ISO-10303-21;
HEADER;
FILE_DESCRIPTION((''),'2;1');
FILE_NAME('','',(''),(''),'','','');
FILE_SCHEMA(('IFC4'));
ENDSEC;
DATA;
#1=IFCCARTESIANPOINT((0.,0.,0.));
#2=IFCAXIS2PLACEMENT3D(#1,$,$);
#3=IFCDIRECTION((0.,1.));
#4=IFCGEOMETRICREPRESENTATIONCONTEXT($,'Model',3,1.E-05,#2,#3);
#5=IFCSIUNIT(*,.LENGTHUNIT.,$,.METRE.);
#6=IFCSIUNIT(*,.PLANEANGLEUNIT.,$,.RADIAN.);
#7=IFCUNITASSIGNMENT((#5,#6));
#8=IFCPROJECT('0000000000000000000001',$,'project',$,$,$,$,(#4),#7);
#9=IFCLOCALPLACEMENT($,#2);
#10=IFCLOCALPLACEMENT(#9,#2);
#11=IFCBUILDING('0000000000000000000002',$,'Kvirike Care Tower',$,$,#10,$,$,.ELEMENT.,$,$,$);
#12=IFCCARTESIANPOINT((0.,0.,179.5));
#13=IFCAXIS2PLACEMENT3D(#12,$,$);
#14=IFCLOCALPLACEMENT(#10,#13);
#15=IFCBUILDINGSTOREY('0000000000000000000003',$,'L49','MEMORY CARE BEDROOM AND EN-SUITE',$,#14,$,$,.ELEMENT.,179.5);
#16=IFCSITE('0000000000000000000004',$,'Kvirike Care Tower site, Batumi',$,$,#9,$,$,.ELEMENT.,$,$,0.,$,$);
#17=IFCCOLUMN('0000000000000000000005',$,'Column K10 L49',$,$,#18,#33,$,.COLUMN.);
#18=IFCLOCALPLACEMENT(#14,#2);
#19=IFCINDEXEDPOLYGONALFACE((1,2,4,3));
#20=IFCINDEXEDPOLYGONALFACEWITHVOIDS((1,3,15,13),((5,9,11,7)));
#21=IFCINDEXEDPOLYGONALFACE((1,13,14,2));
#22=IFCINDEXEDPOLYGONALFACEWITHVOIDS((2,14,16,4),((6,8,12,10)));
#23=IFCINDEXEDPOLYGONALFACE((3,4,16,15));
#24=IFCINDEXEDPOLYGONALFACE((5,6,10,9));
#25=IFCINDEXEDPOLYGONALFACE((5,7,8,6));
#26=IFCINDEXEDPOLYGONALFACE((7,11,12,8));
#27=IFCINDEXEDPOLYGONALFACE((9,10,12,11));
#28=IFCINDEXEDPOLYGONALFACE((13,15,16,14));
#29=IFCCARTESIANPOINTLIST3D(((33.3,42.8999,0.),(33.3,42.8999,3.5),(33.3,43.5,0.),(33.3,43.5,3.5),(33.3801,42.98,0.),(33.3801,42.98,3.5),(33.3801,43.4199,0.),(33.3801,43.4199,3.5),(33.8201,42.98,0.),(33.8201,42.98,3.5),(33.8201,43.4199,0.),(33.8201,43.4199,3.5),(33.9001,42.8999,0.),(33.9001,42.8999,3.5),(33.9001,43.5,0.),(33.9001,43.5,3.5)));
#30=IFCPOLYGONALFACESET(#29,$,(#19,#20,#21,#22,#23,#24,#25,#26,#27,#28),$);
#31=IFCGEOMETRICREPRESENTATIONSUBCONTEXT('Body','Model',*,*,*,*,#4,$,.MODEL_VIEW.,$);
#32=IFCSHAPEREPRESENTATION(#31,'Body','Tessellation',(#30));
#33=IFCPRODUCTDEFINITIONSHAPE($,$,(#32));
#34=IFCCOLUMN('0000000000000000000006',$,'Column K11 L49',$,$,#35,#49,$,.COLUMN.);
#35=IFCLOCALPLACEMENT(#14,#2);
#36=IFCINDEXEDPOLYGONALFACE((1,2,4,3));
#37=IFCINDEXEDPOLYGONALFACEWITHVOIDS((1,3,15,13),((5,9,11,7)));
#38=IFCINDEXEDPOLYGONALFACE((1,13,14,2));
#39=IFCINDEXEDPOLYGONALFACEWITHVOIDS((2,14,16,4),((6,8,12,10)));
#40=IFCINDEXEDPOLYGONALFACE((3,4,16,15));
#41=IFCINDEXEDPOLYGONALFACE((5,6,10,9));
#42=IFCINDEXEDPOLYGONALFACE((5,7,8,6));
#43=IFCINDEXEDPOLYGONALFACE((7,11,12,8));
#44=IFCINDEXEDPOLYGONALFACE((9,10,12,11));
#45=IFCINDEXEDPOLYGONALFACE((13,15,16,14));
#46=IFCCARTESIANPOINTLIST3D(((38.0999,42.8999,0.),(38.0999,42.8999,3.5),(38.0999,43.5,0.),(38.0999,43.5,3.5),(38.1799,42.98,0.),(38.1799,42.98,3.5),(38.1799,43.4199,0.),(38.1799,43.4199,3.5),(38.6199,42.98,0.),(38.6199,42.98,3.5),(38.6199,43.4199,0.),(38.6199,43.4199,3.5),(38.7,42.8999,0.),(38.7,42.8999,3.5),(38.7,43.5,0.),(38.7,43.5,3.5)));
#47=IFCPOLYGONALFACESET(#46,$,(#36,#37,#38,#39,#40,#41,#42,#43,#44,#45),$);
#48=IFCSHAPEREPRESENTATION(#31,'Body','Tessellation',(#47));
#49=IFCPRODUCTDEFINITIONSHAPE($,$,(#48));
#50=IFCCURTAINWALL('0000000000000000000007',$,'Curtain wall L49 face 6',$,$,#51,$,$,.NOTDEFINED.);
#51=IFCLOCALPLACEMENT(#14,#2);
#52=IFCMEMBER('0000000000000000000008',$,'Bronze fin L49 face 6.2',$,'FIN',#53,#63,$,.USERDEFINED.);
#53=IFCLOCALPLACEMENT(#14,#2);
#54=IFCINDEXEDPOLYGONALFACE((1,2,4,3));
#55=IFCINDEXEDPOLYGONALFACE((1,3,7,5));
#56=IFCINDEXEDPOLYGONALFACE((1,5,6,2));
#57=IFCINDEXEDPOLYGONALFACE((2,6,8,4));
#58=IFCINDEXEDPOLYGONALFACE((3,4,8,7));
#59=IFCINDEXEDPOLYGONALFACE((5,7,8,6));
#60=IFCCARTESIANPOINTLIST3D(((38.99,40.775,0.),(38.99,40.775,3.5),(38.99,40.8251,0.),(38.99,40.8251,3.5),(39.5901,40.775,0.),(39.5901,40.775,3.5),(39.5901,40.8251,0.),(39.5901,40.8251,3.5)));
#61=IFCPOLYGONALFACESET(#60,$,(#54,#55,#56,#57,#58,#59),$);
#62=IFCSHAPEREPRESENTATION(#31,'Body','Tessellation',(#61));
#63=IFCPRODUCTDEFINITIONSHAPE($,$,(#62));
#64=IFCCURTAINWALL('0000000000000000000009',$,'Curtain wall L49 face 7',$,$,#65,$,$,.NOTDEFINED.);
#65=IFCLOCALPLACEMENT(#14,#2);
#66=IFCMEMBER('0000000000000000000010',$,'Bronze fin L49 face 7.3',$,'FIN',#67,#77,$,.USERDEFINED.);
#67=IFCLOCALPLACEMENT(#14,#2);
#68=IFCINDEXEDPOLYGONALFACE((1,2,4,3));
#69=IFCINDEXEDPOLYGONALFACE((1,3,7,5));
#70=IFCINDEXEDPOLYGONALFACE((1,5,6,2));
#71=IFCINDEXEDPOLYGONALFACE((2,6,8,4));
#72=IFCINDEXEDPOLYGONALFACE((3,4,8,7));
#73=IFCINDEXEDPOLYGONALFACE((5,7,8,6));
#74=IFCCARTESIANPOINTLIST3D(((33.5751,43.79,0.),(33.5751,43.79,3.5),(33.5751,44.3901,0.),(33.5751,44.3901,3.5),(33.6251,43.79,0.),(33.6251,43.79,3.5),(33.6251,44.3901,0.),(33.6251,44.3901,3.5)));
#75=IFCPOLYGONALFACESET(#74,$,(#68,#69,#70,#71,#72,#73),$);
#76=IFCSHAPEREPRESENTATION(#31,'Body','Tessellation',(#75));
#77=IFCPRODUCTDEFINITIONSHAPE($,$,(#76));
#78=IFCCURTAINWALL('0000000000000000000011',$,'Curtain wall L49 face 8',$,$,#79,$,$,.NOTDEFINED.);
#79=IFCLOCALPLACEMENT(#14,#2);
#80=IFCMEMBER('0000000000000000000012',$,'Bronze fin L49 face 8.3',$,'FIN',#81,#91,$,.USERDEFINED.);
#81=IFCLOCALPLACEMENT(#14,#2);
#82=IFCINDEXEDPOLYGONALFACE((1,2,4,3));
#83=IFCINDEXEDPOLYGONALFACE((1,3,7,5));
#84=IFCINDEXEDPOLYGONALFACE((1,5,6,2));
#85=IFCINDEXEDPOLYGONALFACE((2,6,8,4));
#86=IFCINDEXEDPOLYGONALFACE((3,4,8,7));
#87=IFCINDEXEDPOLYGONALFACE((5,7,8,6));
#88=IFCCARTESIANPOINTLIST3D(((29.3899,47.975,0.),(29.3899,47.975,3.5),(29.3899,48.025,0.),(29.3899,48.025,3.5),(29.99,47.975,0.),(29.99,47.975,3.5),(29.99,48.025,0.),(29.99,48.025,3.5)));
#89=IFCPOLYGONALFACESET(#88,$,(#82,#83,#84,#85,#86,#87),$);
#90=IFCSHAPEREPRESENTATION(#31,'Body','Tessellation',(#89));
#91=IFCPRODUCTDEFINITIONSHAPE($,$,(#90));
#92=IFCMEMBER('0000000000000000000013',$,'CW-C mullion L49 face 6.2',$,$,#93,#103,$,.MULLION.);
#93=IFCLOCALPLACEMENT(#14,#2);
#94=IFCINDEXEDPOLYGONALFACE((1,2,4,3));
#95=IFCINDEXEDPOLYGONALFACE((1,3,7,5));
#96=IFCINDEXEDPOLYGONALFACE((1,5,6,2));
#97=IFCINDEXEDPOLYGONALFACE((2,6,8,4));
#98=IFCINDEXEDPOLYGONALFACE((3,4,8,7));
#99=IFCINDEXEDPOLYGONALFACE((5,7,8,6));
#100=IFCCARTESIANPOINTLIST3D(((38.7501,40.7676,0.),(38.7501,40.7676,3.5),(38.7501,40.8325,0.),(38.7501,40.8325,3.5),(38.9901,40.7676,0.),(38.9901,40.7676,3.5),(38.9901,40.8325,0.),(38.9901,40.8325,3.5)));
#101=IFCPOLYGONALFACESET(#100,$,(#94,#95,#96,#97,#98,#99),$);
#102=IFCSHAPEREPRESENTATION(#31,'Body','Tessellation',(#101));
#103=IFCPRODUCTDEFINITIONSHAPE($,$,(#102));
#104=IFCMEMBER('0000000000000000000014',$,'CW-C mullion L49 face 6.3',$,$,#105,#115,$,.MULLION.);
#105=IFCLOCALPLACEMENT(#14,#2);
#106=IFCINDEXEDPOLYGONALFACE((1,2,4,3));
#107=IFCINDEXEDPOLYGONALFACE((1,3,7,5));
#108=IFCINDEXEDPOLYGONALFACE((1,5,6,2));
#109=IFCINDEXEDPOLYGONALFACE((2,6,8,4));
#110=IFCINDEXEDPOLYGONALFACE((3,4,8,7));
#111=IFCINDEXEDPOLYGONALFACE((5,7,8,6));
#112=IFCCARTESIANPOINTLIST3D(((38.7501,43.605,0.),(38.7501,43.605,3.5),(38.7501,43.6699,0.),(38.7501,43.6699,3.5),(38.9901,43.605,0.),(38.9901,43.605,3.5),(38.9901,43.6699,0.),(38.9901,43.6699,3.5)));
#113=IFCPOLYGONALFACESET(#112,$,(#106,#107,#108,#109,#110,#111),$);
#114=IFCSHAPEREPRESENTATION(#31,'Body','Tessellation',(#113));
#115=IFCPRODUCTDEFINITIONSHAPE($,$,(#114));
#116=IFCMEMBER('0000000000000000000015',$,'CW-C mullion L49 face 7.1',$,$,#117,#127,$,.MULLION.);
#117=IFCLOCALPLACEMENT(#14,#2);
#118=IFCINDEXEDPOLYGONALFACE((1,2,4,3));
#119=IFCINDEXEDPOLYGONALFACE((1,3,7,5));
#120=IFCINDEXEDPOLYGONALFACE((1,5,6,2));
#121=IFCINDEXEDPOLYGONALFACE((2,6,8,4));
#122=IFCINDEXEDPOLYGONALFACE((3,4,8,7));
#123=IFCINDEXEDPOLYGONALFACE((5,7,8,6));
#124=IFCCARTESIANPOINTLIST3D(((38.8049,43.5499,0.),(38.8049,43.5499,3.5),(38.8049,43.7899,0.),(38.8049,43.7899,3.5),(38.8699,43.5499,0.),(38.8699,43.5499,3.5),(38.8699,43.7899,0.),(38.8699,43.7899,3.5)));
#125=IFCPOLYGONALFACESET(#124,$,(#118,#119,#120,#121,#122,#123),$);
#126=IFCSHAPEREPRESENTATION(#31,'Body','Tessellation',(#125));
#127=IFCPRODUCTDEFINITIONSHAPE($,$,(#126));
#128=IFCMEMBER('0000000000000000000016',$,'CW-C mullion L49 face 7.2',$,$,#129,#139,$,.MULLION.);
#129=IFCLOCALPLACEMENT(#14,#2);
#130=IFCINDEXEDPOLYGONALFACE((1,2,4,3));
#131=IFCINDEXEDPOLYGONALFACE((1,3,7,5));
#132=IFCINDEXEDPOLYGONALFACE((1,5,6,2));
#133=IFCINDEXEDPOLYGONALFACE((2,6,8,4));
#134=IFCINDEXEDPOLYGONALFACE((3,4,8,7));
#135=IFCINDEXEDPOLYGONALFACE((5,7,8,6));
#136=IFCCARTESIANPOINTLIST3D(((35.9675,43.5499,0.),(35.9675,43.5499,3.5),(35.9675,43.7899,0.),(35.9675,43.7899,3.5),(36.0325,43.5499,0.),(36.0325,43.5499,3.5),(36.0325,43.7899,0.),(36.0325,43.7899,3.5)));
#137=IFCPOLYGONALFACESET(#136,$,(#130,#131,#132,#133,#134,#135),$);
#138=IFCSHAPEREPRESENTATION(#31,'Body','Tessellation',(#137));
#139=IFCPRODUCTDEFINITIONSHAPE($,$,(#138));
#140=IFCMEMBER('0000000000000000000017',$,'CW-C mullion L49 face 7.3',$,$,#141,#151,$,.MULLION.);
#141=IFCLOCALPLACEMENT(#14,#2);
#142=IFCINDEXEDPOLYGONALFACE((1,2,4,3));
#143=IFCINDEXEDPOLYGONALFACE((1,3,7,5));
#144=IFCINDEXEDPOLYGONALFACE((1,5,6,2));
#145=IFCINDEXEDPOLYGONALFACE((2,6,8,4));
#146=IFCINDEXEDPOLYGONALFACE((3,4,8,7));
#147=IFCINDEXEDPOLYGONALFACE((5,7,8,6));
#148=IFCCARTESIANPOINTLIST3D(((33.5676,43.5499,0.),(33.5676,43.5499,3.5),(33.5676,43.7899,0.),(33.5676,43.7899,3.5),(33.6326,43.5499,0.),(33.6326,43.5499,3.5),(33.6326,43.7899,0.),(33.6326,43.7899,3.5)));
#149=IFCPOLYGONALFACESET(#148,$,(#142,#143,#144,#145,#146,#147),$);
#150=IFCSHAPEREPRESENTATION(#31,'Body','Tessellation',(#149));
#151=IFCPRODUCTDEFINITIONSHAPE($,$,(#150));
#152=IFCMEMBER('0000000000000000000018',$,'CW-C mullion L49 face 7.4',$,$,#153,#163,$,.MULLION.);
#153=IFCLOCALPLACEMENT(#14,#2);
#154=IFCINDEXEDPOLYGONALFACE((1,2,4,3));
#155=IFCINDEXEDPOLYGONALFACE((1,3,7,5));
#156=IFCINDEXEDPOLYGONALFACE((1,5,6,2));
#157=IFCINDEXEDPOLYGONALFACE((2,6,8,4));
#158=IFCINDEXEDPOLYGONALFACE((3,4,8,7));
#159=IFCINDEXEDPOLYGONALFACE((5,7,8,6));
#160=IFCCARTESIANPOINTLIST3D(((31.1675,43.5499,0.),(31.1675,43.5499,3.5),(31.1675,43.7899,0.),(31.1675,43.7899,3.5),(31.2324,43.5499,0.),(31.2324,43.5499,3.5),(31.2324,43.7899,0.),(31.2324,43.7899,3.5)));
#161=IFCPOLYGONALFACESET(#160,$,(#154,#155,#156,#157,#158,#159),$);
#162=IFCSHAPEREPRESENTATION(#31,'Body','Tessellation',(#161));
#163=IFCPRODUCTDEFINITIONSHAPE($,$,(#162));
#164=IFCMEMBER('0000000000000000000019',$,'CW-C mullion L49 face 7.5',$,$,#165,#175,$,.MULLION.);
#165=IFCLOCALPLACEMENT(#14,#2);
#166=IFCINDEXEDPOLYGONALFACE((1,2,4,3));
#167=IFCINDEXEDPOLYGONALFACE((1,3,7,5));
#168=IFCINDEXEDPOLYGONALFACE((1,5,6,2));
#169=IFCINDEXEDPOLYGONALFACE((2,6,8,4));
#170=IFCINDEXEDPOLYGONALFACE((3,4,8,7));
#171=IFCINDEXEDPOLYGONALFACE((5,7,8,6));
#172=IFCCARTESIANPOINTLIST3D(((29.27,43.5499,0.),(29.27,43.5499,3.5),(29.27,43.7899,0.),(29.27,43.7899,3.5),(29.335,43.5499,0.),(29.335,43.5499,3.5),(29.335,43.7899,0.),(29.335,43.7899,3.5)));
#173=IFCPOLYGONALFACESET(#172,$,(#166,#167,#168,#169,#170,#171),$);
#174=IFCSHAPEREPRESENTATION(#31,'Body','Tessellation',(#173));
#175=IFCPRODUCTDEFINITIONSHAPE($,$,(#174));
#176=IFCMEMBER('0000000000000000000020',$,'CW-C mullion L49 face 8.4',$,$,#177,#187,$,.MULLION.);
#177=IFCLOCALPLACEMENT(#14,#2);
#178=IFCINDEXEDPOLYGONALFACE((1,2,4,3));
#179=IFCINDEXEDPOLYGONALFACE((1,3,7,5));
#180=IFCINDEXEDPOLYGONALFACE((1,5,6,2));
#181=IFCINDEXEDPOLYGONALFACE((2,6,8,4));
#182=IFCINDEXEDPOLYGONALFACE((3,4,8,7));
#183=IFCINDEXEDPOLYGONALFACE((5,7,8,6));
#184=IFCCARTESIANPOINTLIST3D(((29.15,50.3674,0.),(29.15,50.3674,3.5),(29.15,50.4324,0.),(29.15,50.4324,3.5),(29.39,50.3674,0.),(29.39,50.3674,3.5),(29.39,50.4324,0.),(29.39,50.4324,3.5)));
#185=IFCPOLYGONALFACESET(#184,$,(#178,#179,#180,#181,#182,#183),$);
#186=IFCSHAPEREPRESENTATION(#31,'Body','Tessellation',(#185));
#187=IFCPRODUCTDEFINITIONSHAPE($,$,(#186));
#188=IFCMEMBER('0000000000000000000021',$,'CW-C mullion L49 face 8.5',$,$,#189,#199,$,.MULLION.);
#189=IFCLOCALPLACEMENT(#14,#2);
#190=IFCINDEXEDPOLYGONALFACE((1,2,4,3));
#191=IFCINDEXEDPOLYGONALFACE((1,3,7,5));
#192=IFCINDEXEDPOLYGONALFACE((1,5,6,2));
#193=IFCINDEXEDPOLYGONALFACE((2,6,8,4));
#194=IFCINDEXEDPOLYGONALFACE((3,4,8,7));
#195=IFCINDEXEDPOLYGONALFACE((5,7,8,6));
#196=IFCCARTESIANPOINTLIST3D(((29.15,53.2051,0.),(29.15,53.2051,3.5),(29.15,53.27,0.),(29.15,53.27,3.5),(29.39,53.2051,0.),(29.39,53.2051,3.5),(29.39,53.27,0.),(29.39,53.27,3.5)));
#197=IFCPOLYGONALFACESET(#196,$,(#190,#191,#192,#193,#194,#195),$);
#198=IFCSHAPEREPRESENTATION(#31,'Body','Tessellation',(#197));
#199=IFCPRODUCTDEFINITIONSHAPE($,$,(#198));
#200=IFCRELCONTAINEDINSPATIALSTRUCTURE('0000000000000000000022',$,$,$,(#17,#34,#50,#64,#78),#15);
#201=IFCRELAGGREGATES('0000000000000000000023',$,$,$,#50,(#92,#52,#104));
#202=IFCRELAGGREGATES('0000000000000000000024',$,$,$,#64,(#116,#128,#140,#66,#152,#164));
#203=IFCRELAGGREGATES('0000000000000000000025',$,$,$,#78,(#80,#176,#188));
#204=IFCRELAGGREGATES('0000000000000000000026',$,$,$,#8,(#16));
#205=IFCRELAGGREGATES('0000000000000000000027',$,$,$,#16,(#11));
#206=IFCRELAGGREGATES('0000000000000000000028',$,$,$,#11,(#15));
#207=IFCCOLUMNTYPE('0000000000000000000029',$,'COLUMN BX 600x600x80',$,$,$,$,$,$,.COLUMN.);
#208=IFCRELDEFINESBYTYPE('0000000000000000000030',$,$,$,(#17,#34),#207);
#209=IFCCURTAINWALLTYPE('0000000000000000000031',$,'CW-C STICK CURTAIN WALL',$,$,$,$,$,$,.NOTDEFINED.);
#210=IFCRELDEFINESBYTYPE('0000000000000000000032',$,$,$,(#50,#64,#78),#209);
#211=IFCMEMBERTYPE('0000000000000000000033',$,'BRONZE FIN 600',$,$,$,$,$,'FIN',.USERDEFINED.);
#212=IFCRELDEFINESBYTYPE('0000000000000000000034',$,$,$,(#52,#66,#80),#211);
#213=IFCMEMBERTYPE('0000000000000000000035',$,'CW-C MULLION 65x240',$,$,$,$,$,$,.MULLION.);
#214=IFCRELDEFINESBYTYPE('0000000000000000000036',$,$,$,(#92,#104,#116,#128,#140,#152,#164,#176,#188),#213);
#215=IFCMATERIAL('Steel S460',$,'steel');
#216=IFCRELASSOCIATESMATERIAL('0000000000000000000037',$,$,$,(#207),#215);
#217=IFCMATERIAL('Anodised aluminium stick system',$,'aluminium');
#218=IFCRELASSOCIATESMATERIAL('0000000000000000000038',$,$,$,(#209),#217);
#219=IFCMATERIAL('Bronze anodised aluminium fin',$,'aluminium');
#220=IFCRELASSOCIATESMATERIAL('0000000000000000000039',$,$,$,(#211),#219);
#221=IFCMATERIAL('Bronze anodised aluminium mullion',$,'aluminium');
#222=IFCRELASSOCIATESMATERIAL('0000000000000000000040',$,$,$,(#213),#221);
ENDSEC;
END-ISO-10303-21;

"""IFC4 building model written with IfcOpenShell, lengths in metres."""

from ifc_helpers import new_model, si_unit, direction, frame, origin, origin_2d, place, context, subcontext, project, spatial, rectangle, hollow_rectangle, extrude, material, material_profile, profile_set, type_object, element, aggregate, save


model = new_model("IFC4")

# Units and contexts
model_context = context("Model", 3, precision=1e-05, world=origin(), true_north=direction((0.0, 1.0)))
body_context = subcontext(model_context, "Body", "Model", "MODEL_VIEW")
ifc_project = project(units=[si_unit("LENGTHUNIT", "METRE"), si_unit("PLANEANGLEUNIT", "RADIAN")], contexts=[model_context])

# Site, building, storey
site_placement = place(None, origin())
site = spatial("IfcSite", under=ifc_project, at=site_placement, Name="Kvirike Care Tower site, Batumi", CompositionType="ELEMENT", RefElevation=0.0)
building_placement = place(site_placement, origin())
building = spatial("IfcBuilding", under=site, at=building_placement, Name="Kvirike Care Tower", CompositionType="ELEMENT")
storey_placement = place(building_placement, frame((0.0, 0.0, 179.5)))
storey = spatial("IfcBuildingStorey", under=building, at=storey_placement, Name="L49", Description="MEMORY CARE BEDROOM AND EN-SUITE", CompositionType="ELEMENT", Elevation=179.5)

# Columns
ifc_material_1 = material(Name="Steel S460", Category="steel")
ifc_material_profile_1 = material_profile(ifc_material_1, hollow_rectangle(XDim=0.6001, YDim=0.6001, WallThickness=0.0801, at=origin_2d()), Name="BX 600x600x80")
ifc_profile_set_1 = profile_set([ifc_material_profile_1], Name="Steel S460")
column_type = type_object("IfcColumnType", Name="COLUMN BX 600x600x80", PredefinedType="COLUMN", material=ifc_profile_set_1)
for number, where, z_axis, x_axis, name in (
    (1, (33.6001, 43.2, 0.0), (0.0, 0.0, 1.0), (0.0, 1.0, 0.0), "Column K10 L49"),
    (2, (38.3999, 43.2, 0.0), (0.0, 0.0, 1.0), (0.0, 1.0, 0.0), "Column K11 L49"),
):
    element("IfcColumn", number, at=place(storey_placement, frame(where, z_axis=z_axis, x_axis=x_axis)), inside=storey, type_object=column_type, Name=name, PredefinedType="COLUMN", context=body_context, shape_type="SweptSolid", body=[
        extrude(hollow_rectangle(XDim=0.6001, YDim=0.6001, WallThickness=0.0801, at=origin_2d()), origin(), (0.0, 0.0, 1.0), 3.5),
    ])

# Curtain walls, members
ifc_material_2 = material(Name="Anodised aluminium stick system", Category="aluminium")
curtain_wall_type = type_object("IfcCurtainWallType", Name="CW-C STICK CURTAIN WALL", PredefinedType="NOTDEFINED", material=ifc_material_2)
curtain_wall_1_placement = place(storey_placement, origin())
curtain_wall_1 = element("IfcCurtainWall", 3, at=curtain_wall_1_placement, inside=storey, type_object=curtain_wall_type, Name="Curtain wall L49 face 6", PredefinedType="NOTDEFINED")
ifc_material_3 = material(Name="Bronze anodised aluminium fin", Category="aluminium")
ifc_material_profile_2 = material_profile(ifc_material_3, rectangle(XDim=0.05, YDim=0.6001, at=origin_2d()), Name="BRONZE FIN 600")
ifc_profile_set_2 = profile_set([ifc_material_profile_2], Name="Bronze anodised aluminium fin")
member_type_1 = type_object("IfcMemberType", Name="BRONZE FIN 600", ElementType="FIN", PredefinedType="USERDEFINED", material=ifc_profile_set_2)
member_1_placement = place(storey_placement, frame((39.29, 40.8, 0.0), z_axis=(0.0, 0.0, 1.0), x_axis=(0.0, 1.0, 0.0)))
member_1 = element("IfcMember", 4, at=member_1_placement, type_object=member_type_1, Name="Bronze fin L49 face 6.2", ObjectType="FIN", PredefinedType="USERDEFINED", context=body_context, shape_type="SweptSolid", body=[
    extrude(rectangle(XDim=0.05, YDim=0.6001, at=origin_2d()), origin(), (0.0, 0.0, 1.0), 3.5),
])
curtain_wall_2_placement = place(storey_placement, origin())
curtain_wall_2 = element("IfcCurtainWall", 5, at=curtain_wall_2_placement, inside=storey, type_object=curtain_wall_type, Name="Curtain wall L49 face 7", PredefinedType="NOTDEFINED")
member_2_placement = place(storey_placement, frame((33.6001, 44.0901, 0.0), z_axis=(0.0, 0.0, 1.0), x_axis=(-1.0, 0.0, 0.0)))
member_2 = element("IfcMember", 6, at=member_2_placement, type_object=member_type_1, Name="Bronze fin L49 face 7.3", ObjectType="FIN", PredefinedType="USERDEFINED", context=body_context, shape_type="SweptSolid", body=[
    extrude(rectangle(XDim=0.05, YDim=0.6001, at=origin_2d()), origin(), (0.0, 0.0, 1.0), 3.5),
])
curtain_wall_3_placement = place(storey_placement, origin())
curtain_wall_3 = element("IfcCurtainWall", 7, at=curtain_wall_3_placement, inside=storey, type_object=curtain_wall_type, Name="Curtain wall L49 face 8", PredefinedType="NOTDEFINED")
member_3_placement = place(storey_placement, frame((29.6899, 48.0, 0.0), z_axis=(0.0, 0.0, 1.0), x_axis=(0.0, 1.0, 0.0)))
member_3 = element("IfcMember", 8, at=member_3_placement, type_object=member_type_1, Name="Bronze fin L49 face 8.3", ObjectType="FIN", PredefinedType="USERDEFINED", context=body_context, shape_type="SweptSolid", body=[
    extrude(rectangle(XDim=0.05, YDim=0.6001, at=origin_2d()), origin(), (0.0, 0.0, 1.0), 3.5),
])

# Members
ifc_material_4 = material(Name="Bronze anodised aluminium mullion", Category="aluminium")
ifc_material_profile_3 = material_profile(ifc_material_4, rectangle(XDim=0.0649, YDim=0.24, at=origin_2d()), Name="CW-C MULLION 65x240")
ifc_profile_set_3 = profile_set([ifc_material_profile_3], Name="Bronze anodised aluminium mullion")
member_type_2 = type_object("IfcMemberType", Name="CW-C MULLION 65x240", PredefinedType="MULLION", material=ifc_profile_set_3)
member_4_placement = place(storey_placement, frame((38.8701, 40.8, 0.0), z_axis=(0.0, 0.0, 1.0), x_axis=(0.0, 1.0, 0.0)))
member_4 = element("IfcMember", 9, at=member_4_placement, type_object=member_type_2, Name="CW-C mullion L49 face 6.2", PredefinedType="MULLION", context=body_context, shape_type="SweptSolid", body=[
    extrude(rectangle(XDim=0.0649, YDim=0.24, at=origin_2d()), origin(), (0.0, 0.0, 1.0), 3.5),
])
member_5_placement = place(storey_placement, frame((38.8701, 43.6375, 0.0), z_axis=(0.0, 0.0, 1.0), x_axis=(0.0, 1.0, 0.0)))
member_5 = element("IfcMember", 10, at=member_5_placement, type_object=member_type_2, Name="CW-C mullion L49 face 6.3", PredefinedType="MULLION", context=body_context, shape_type="SweptSolid", body=[
    extrude(rectangle(XDim=0.0649, YDim=0.24, at=origin_2d()), origin(), (0.0, 0.0, 1.0), 3.5),
])
member_6_placement = place(storey_placement, frame((38.8374, 43.6699, 0.0), z_axis=(0.0, 0.0, 1.0), x_axis=(-1.0, 0.0, 0.0)))
member_6 = element("IfcMember", 11, at=member_6_placement, type_object=member_type_2, Name="CW-C mullion L49 face 7.1", PredefinedType="MULLION", context=body_context, shape_type="SweptSolid", body=[
    extrude(rectangle(XDim=0.0649, YDim=0.24, at=origin_2d()), origin(), (0.0, 0.0, 1.0), 3.5),
])
member_7_placement = place(storey_placement, frame((36.0, 43.6699, 0.0), z_axis=(0.0, 0.0, 1.0), x_axis=(-1.0, 0.0, 0.0)))
member_7 = element("IfcMember", 12, at=member_7_placement, type_object=member_type_2, Name="CW-C mullion L49 face 7.2", PredefinedType="MULLION", context=body_context, shape_type="SweptSolid", body=[
    extrude(rectangle(XDim=0.0649, YDim=0.24, at=origin_2d()), origin(), (0.0, 0.0, 1.0), 3.5),
])
member_8_placement = place(storey_placement, frame((33.6001, 43.6699, 0.0), z_axis=(0.0, 0.0, 1.0), x_axis=(-1.0, 0.0, 0.0)))
member_8 = element("IfcMember", 13, at=member_8_placement, type_object=member_type_2, Name="CW-C mullion L49 face 7.3", PredefinedType="MULLION", context=body_context, shape_type="SweptSolid", body=[
    extrude(rectangle(XDim=0.0649, YDim=0.24, at=origin_2d()), origin(), (0.0, 0.0, 1.0), 3.5),
])
member_9_placement = place(storey_placement, frame((31.2, 43.6699, 0.0), z_axis=(0.0, 0.0, 1.0), x_axis=(-1.0, 0.0, 0.0)))
member_9 = element("IfcMember", 14, at=member_9_placement, type_object=member_type_2, Name="CW-C mullion L49 face 7.4", PredefinedType="MULLION", context=body_context, shape_type="SweptSolid", body=[
    extrude(rectangle(XDim=0.0649, YDim=0.24, at=origin_2d()), origin(), (0.0, 0.0, 1.0), 3.5),
])
member_10_placement = place(storey_placement, frame((29.3025, 43.6699, 0.0), z_axis=(0.0, 0.0, 1.0), x_axis=(-1.0, 0.0, 0.0)))
member_10 = element("IfcMember", 15, at=member_10_placement, type_object=member_type_2, Name="CW-C mullion L49 face 7.5", PredefinedType="MULLION", context=body_context, shape_type="SweptSolid", body=[
    extrude(rectangle(XDim=0.0649, YDim=0.24, at=origin_2d()), origin(), (0.0, 0.0, 1.0), 3.5),
])
member_11_placement = place(storey_placement, frame((29.27, 50.3999, 0.0), z_axis=(0.0, 0.0, 1.0), x_axis=(0.0, 1.0, 0.0)))
member_11 = element("IfcMember", 16, at=member_11_placement, type_object=member_type_2, Name="CW-C mullion L49 face 8.4", PredefinedType="MULLION", context=body_context, shape_type="SweptSolid", body=[
    extrude(rectangle(XDim=0.0649, YDim=0.24, at=origin_2d()), origin(), (0.0, 0.0, 1.0), 3.5),
])
member_12_placement = place(storey_placement, frame((29.27, 53.2375, 0.0), z_axis=(0.0, 0.0, 1.0), x_axis=(0.0, 1.0, 0.0)))
member_12 = element("IfcMember", 17, at=member_12_placement, type_object=member_type_2, Name="CW-C mullion L49 face 8.5", PredefinedType="MULLION", context=body_context, shape_type="SweptSolid", body=[
    extrude(rectangle(XDim=0.0649, YDim=0.24, at=origin_2d()), origin(), (0.0, 0.0, 1.0), 3.5),
])

aggregate(curtain_wall_1, [member_4, member_1, member_5])
aggregate(curtain_wall_2, [member_6, member_7, member_8, member_2, member_9, member_10])
aggregate(curtain_wall_3, [member_3, member_11, member_12])

save(model, "model.ifc")
